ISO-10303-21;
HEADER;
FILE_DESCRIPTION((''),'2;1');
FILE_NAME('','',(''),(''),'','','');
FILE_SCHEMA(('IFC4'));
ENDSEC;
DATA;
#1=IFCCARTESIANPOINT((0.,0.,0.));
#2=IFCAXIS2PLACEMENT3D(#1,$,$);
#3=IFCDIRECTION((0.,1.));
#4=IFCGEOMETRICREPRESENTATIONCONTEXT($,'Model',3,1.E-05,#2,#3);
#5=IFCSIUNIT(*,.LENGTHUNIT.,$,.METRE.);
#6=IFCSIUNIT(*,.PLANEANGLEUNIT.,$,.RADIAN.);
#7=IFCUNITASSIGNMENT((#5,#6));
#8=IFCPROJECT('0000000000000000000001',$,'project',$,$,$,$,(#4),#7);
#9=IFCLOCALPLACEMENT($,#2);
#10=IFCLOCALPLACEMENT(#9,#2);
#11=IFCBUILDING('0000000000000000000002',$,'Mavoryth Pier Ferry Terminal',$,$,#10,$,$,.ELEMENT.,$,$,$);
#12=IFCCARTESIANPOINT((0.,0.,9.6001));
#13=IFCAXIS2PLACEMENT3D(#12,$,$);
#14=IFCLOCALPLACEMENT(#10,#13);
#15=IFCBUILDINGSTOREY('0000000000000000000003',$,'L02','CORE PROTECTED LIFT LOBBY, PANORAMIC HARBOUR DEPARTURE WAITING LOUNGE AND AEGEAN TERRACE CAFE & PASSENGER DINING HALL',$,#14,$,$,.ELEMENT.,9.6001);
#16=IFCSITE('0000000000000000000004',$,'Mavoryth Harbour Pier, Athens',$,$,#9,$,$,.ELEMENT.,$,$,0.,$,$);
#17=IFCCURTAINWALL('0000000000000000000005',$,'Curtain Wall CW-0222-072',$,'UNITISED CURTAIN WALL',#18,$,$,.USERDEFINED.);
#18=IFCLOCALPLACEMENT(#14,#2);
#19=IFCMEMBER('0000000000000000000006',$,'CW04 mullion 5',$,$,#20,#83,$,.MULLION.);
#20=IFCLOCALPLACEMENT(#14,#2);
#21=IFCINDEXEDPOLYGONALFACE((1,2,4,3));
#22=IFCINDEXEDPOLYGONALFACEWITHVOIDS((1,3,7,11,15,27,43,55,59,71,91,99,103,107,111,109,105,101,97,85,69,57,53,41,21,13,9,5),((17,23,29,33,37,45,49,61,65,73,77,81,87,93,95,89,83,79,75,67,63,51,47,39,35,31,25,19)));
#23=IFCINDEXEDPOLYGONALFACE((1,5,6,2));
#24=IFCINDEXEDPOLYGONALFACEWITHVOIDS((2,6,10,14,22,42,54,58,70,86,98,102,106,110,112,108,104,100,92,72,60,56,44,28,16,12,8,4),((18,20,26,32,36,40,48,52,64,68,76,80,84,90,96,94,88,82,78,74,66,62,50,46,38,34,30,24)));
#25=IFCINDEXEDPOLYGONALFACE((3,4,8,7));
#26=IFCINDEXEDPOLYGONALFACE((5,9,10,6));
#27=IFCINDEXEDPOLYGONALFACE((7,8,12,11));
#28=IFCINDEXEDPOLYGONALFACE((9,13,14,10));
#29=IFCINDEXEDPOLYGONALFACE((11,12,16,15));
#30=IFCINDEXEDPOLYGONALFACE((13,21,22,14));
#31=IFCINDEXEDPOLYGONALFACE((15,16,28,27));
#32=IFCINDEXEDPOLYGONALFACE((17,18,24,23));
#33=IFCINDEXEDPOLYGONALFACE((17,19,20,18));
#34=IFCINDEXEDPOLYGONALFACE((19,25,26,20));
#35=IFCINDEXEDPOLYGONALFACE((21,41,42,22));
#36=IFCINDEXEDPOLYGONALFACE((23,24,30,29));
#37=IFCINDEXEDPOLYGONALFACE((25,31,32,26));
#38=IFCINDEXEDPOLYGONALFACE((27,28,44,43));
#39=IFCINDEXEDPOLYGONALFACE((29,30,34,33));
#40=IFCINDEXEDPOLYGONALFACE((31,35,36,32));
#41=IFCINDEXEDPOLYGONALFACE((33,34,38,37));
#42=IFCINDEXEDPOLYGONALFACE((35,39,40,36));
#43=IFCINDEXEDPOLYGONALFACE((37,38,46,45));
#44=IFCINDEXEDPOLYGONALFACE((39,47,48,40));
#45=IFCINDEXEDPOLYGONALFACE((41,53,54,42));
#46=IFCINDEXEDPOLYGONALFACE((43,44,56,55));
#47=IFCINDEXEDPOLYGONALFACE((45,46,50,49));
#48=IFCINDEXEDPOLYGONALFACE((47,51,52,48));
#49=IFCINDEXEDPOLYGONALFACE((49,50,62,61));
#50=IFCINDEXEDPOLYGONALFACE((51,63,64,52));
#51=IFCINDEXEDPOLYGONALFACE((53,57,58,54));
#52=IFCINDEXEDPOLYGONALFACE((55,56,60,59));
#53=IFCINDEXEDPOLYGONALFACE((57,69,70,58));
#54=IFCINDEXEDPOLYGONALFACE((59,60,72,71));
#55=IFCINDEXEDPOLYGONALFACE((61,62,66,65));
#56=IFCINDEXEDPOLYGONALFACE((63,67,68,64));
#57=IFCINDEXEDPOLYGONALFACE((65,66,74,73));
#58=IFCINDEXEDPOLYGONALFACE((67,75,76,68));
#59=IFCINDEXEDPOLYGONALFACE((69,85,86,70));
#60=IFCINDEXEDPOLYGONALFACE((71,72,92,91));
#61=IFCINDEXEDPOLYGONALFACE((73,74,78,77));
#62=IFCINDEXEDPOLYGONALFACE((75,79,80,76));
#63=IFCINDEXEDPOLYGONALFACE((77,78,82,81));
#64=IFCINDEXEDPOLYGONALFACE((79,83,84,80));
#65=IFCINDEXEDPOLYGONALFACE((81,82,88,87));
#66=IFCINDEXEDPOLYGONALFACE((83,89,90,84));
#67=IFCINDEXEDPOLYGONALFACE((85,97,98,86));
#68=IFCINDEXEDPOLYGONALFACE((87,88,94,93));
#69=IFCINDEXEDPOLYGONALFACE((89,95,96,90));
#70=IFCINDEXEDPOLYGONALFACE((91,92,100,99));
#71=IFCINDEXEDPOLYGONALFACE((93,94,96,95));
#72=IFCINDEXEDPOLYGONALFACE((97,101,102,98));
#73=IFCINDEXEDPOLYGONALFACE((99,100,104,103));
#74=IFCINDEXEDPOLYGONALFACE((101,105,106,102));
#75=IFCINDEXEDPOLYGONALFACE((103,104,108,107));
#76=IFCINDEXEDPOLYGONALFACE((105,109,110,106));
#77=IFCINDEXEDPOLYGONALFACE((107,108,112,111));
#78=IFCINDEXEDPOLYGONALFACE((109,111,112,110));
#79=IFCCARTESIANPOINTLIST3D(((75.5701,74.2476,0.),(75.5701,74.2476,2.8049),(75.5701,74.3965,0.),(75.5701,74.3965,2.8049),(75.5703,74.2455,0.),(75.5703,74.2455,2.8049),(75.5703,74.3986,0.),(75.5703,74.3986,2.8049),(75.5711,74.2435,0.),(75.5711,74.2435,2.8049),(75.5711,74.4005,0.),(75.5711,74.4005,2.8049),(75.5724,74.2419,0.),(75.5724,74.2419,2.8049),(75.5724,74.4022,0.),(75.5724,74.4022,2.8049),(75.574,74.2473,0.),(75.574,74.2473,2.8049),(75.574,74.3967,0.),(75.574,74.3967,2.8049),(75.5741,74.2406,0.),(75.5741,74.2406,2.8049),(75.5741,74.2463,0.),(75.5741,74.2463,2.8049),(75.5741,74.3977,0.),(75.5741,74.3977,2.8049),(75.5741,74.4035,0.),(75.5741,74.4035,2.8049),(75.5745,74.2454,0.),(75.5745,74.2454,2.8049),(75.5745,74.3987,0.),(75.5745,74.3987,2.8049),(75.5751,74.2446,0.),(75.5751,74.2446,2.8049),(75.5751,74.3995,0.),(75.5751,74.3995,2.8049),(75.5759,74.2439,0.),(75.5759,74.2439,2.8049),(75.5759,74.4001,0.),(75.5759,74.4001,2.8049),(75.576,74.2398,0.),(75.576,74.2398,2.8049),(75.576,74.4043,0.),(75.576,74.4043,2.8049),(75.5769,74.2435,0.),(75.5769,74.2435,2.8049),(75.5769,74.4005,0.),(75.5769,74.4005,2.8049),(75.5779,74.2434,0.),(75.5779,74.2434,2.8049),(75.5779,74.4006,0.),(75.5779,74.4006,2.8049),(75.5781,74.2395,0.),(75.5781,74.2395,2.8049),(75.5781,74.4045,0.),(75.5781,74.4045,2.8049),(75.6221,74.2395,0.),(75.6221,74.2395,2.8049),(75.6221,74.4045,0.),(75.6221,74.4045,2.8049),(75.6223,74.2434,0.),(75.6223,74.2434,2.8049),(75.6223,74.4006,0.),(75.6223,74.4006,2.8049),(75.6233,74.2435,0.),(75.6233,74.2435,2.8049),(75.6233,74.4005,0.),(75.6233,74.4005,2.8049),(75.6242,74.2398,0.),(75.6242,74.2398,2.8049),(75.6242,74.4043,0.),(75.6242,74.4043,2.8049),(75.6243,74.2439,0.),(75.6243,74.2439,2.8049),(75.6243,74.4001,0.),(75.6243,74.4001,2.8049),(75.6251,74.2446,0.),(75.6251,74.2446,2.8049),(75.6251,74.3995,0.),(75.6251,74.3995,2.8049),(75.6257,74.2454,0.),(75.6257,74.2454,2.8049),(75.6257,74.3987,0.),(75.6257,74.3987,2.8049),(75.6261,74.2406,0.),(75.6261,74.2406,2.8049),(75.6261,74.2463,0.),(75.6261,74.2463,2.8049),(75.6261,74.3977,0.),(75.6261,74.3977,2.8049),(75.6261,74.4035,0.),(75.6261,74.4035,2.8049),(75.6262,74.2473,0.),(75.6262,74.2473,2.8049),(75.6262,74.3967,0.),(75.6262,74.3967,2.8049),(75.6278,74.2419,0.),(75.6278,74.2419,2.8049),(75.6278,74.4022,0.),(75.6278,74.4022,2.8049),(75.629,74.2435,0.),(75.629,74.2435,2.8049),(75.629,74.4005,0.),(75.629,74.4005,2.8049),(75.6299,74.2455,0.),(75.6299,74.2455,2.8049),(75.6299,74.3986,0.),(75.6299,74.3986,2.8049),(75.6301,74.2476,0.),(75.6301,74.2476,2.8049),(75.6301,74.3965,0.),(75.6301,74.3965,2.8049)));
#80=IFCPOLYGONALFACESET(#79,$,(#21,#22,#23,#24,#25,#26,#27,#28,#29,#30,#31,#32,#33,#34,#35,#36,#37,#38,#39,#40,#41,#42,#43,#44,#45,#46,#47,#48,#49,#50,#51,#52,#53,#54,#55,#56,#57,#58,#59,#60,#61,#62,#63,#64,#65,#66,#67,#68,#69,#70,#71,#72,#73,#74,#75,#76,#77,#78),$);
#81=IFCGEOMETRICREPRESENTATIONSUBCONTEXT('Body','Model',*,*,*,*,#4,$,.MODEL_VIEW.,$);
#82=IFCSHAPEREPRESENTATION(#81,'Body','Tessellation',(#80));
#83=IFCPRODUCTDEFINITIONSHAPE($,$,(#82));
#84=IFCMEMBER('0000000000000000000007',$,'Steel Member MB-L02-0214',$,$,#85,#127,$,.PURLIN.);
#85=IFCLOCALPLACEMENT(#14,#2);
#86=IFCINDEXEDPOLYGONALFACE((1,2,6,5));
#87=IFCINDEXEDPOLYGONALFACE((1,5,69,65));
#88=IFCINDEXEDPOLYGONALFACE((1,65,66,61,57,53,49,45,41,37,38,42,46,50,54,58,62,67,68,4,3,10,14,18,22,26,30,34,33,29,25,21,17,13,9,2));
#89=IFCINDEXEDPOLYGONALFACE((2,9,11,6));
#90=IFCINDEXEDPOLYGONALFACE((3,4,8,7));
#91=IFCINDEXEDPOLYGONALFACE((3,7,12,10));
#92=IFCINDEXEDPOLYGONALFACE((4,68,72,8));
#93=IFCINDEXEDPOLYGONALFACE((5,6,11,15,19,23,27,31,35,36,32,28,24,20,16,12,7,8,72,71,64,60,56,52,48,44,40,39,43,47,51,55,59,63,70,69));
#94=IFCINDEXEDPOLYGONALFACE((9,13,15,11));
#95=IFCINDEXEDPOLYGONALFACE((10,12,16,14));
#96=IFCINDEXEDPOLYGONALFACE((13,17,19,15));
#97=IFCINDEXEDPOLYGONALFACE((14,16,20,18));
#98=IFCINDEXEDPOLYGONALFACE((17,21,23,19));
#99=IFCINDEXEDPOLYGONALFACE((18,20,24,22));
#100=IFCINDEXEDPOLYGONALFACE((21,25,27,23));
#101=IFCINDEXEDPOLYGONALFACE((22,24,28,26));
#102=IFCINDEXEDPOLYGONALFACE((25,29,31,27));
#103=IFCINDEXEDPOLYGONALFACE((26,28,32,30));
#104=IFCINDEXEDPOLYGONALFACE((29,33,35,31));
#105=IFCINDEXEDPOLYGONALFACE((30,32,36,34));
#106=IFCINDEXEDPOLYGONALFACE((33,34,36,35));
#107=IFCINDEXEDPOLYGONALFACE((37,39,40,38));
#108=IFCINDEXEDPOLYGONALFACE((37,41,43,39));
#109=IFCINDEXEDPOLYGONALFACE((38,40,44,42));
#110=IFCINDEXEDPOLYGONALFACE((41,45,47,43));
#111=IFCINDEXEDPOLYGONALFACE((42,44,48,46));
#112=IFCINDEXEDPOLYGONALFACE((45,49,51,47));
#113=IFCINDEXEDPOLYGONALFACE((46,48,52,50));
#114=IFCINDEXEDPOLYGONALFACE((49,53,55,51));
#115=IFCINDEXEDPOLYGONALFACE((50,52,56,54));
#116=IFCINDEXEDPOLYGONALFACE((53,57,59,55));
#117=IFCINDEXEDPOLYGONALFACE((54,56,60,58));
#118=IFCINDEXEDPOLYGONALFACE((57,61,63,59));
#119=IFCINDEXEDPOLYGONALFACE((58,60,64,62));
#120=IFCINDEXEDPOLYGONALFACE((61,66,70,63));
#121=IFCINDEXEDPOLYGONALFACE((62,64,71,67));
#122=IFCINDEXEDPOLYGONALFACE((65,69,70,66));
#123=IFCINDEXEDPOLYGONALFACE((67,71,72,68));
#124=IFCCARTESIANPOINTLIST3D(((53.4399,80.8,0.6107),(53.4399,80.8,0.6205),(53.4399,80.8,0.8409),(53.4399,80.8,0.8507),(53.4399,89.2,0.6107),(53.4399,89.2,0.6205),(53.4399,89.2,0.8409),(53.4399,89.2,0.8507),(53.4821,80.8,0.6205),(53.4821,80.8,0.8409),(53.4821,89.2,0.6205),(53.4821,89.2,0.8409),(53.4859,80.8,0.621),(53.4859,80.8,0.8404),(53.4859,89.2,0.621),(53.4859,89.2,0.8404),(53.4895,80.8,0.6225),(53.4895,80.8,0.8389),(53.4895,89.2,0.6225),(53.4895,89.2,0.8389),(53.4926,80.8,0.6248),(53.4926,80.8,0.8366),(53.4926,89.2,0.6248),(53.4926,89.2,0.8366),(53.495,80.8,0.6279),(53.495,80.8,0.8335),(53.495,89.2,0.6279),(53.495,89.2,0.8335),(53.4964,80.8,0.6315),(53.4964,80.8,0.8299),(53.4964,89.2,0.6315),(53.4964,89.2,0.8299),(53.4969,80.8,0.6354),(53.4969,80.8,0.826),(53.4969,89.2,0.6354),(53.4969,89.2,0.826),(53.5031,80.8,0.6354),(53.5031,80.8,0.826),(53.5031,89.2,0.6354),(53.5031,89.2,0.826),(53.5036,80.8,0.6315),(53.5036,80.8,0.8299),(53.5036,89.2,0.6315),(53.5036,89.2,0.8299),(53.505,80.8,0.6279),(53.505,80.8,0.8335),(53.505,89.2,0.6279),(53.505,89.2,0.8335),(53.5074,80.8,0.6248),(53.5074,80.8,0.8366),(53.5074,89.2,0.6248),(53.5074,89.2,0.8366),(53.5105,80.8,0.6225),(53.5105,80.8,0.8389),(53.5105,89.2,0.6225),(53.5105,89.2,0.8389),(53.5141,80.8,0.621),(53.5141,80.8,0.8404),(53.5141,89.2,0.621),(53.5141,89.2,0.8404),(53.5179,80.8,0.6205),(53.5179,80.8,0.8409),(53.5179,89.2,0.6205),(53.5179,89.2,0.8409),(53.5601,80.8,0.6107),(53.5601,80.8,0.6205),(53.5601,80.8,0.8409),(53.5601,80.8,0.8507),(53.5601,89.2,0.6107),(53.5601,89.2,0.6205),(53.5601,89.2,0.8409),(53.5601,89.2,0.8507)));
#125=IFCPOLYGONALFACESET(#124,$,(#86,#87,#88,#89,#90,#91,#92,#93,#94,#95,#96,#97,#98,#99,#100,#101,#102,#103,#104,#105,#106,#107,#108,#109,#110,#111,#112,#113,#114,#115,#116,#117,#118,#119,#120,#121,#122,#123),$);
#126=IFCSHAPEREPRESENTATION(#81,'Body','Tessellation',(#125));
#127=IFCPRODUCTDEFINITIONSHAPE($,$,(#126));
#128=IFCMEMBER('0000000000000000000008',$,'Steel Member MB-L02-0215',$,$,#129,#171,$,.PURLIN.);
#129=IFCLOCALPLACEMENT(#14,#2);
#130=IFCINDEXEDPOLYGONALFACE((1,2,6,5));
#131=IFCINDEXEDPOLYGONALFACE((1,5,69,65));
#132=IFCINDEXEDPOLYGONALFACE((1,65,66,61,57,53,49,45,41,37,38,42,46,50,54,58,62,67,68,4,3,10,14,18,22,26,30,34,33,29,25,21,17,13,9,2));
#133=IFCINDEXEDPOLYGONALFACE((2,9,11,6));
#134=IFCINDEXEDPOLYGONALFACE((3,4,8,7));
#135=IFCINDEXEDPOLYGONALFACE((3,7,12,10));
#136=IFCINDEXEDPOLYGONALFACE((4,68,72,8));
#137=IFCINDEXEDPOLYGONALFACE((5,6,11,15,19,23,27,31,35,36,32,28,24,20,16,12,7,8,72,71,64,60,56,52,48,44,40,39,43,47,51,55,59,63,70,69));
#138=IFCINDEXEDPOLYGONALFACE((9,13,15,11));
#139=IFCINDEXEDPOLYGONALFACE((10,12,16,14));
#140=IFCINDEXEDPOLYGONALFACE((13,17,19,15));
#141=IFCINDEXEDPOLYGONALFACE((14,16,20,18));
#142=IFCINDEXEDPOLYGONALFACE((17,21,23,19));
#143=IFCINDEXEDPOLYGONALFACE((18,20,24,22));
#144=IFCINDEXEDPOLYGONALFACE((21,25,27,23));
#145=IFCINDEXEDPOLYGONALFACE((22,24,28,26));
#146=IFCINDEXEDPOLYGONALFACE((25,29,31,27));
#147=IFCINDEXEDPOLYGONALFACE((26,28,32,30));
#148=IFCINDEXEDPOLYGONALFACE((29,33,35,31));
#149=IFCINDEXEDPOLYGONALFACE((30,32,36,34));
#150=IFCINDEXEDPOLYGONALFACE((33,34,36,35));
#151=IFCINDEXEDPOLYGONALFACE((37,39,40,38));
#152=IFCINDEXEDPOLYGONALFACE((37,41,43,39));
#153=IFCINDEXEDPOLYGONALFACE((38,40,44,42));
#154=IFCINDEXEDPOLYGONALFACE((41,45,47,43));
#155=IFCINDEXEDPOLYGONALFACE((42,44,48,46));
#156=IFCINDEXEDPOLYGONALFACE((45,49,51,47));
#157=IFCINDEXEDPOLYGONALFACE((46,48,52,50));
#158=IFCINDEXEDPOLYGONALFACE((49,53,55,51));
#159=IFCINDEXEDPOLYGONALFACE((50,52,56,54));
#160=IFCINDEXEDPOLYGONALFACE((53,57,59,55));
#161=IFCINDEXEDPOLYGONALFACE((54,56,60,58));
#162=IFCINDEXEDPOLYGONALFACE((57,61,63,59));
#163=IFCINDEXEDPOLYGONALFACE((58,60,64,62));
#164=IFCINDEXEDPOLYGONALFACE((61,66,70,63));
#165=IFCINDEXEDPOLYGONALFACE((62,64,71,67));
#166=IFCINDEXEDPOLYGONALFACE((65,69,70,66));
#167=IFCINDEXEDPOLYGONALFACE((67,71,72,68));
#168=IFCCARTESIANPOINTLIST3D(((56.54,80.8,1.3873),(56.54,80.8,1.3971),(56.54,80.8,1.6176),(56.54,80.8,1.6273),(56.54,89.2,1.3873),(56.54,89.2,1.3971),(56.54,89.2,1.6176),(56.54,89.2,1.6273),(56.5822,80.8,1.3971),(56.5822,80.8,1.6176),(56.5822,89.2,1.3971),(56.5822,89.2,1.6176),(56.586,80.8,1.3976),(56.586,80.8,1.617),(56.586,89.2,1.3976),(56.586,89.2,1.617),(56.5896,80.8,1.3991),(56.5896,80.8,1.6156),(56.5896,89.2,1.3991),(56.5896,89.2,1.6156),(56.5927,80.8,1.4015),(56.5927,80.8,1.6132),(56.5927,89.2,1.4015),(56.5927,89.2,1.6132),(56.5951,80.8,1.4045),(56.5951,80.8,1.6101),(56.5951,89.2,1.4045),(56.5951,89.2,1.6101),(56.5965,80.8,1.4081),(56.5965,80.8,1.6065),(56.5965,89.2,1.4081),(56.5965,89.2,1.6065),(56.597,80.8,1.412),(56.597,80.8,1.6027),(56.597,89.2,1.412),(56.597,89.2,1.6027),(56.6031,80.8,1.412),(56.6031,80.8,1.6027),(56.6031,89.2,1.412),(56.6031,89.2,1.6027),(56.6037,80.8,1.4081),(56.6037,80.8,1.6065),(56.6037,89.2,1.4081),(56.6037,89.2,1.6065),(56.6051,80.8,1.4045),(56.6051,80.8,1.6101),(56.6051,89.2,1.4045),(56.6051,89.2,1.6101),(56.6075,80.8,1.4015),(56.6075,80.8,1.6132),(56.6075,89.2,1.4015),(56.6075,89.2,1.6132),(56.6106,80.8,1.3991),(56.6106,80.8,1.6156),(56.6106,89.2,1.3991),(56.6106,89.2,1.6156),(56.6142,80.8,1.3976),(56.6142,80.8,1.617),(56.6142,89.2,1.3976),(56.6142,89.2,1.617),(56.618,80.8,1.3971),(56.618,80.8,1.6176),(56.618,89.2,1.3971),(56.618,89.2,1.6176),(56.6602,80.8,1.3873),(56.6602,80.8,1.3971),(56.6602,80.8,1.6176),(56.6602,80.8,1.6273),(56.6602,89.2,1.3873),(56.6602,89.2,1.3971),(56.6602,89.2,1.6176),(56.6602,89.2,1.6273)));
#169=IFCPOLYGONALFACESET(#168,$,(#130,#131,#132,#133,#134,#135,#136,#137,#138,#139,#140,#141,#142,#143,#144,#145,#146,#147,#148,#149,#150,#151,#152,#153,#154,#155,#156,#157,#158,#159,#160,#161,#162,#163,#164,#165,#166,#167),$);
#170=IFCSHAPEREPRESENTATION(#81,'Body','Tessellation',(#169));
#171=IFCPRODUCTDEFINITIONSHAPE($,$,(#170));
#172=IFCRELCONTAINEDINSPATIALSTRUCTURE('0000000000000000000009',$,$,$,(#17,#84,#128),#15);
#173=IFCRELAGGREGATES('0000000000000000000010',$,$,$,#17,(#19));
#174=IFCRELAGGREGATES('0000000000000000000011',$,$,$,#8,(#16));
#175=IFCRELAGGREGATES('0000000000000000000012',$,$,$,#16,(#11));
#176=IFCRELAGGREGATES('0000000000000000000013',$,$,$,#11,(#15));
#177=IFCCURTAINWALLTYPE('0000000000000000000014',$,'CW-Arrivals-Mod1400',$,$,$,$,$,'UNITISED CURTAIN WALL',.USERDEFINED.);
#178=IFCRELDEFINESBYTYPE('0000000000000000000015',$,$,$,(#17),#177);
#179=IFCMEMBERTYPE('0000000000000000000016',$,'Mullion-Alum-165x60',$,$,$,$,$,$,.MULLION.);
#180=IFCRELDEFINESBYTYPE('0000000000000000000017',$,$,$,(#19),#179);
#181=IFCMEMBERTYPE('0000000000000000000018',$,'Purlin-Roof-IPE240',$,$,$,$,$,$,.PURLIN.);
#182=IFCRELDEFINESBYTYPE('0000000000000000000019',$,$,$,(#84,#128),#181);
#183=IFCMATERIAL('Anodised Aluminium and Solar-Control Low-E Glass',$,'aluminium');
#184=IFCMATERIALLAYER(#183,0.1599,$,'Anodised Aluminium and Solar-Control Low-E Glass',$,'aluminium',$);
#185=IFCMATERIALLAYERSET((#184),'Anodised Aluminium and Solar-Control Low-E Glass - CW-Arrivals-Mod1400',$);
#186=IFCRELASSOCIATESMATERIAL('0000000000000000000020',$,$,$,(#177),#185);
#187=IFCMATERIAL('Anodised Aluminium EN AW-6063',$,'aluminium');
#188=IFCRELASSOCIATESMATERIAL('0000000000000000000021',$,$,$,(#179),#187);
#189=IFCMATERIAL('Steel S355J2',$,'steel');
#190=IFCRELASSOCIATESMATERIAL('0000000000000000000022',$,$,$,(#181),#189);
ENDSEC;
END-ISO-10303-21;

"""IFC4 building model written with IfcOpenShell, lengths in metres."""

from ifc_helpers import new_model, si_unit, direction, frame, origin, origin_2d, place, context, subcontext, project, spatial, hollow_rectangle, i_section, extrude, material, layer, layer_set, material_profile, profile_set, type_object, element, aggregate, save


model = new_model("IFC4")

# Units and contexts
model_context = context("Model", 3, precision=1e-05, world=origin(), true_north=direction((0.0, 1.0)))
body_context = subcontext(model_context, "Body", "Model", "MODEL_VIEW")
ifc_project = project(units=[si_unit("LENGTHUNIT", "METRE"), si_unit("PLANEANGLEUNIT", "RADIAN")], contexts=[model_context])

# Site, building, storey
site_placement = place(None, origin())
site = spatial("IfcSite", under=ifc_project, at=site_placement, Name="Mavoryth Harbour Pier, Athens", CompositionType="ELEMENT", RefElevation=0.0)
building_placement = place(site_placement, origin())
building = spatial("IfcBuilding", under=site, at=building_placement, Name="Mavoryth Pier Ferry Terminal", CompositionType="ELEMENT")
storey_placement = place(building_placement, frame((0.0, 0.0, 9.6001)))
storey = spatial("IfcBuildingStorey", under=building, at=storey_placement, Name="L02", Description="CORE PROTECTED LIFT LOBBY, PANORAMIC HARBOUR DEPARTURE WAITING LOUNGE AND AEGEAN TERRACE CAFE & PASSENGER DINING HALL", CompositionType="ELEMENT", Elevation=9.6001)

# Shared definitions
ifc_material_1 = material(Name="Steel S355J2", Category="steel")

# Curtain wall, member
ifc_material_2 = material(Name="Anodised Aluminium and Solar-Control Low-E Glass", Category="aluminium")
ifc_layer_1 = layer(ifc_material_2, 0.1599, Name="Anodised Aluminium and Solar-Control Low-E Glass", Category="aluminium")
ifc_layer_set_1 = layer_set([ifc_layer_1], Name="Anodised Aluminium and Solar-Control Low-E Glass - CW-Arrivals-Mod1400")
curtain_wall_type = type_object("IfcCurtainWallType", Name="CW-Arrivals-Mod1400", ElementType="UNITISED CURTAIN WALL", PredefinedType="USERDEFINED", material=ifc_layer_set_1)
curtain_wall_placement = place(storey_placement, origin())
curtain_wall = element("IfcCurtainWall", 1, at=curtain_wall_placement, inside=storey, type_object=curtain_wall_type, Name="Curtain Wall CW-0222-072", ObjectType="UNITISED CURTAIN WALL", PredefinedType="USERDEFINED")
ifc_material_3 = material(Name="Anodised Aluminium EN AW-6063", Category="aluminium")
ifc_material_profile_1 = material_profile(ifc_material_3, hollow_rectangle(XDim=0.0601, YDim=0.165, WallThickness=0.0039, InnerFilletRadius=0.0039, OuterFilletRadius=0.0081, at=origin_2d()), Name="AL-MULL 165x60x4", Category="aluminium")
ifc_profile_set_1 = profile_set([ifc_material_profile_1], Name="Anodised Aluminium EN AW-6063 - AL-MULL 165x60x4")
member_type_1 = type_object("IfcMemberType", Name="Mullion-Alum-165x60", PredefinedType="MULLION", material=ifc_profile_set_1)
member_1_placement = place(storey_placement, frame((75.6001, 74.322, 0.0), z_axis=(0.0, 0.0, 1.0), x_axis=(1.0, 0.0, 0.0)))
member_1 = element("IfcMember", 2, at=member_1_placement, type_object=member_type_1, Name="CW04 mullion 5", PredefinedType="MULLION", context=body_context, shape_type="SweptSolid", body=[
    extrude(hollow_rectangle(XDim=0.0601, YDim=0.165, WallThickness=0.0039, InnerFilletRadius=0.0039, OuterFilletRadius=0.0081, at=origin_2d()), origin(), (0.0, 0.0, 1.0), 2.8049),
])

# Members
ifc_material_profile_2 = material_profile(ifc_material_1, i_section(OverallWidth=0.1201, OverallDepth=0.24, WebThickness=0.0061, FlangeThickness=0.0098, FilletRadius=0.0149, at=origin_2d()), Name="IPE 240", Category="steel")
ifc_profile_set_2 = profile_set([ifc_material_profile_2], Name="Steel S355J2 - IPE 240")
member_type_2 = type_object("IfcMemberType", Name="Purlin-Roof-IPE240", PredefinedType="PURLIN", material=ifc_profile_set_2)
for number, where, z_axis, x_axis, name in (
    (3, (53.5, 80.8, 0.7307), (0.0, 1.0, 0.0), (-1.0, 0.0, 0.0), "Steel Member MB-L02-0214"),
    (4, (56.6001, 80.8, 1.5073), (0.0, 1.0, 0.0), (-1.0, 0.0, 0.0), "Steel Member MB-L02-0215"),
):
    element("IfcMember", number, at=place(storey_placement, frame(where, z_axis=z_axis, x_axis=x_axis)), inside=storey, type_object=member_type_2, Name=name, PredefinedType="PURLIN", context=body_context, shape_type="SweptSolid", body=[
        extrude(i_section(OverallWidth=0.1201, OverallDepth=0.24, WebThickness=0.0061, FlangeThickness=0.0098, FilletRadius=0.0149, at=origin_2d()), origin(), (0.0, 0.0, 1.0), 8.3999),
    ])

aggregate(curtain_wall, [member_1])

save(model, "model.ifc")
